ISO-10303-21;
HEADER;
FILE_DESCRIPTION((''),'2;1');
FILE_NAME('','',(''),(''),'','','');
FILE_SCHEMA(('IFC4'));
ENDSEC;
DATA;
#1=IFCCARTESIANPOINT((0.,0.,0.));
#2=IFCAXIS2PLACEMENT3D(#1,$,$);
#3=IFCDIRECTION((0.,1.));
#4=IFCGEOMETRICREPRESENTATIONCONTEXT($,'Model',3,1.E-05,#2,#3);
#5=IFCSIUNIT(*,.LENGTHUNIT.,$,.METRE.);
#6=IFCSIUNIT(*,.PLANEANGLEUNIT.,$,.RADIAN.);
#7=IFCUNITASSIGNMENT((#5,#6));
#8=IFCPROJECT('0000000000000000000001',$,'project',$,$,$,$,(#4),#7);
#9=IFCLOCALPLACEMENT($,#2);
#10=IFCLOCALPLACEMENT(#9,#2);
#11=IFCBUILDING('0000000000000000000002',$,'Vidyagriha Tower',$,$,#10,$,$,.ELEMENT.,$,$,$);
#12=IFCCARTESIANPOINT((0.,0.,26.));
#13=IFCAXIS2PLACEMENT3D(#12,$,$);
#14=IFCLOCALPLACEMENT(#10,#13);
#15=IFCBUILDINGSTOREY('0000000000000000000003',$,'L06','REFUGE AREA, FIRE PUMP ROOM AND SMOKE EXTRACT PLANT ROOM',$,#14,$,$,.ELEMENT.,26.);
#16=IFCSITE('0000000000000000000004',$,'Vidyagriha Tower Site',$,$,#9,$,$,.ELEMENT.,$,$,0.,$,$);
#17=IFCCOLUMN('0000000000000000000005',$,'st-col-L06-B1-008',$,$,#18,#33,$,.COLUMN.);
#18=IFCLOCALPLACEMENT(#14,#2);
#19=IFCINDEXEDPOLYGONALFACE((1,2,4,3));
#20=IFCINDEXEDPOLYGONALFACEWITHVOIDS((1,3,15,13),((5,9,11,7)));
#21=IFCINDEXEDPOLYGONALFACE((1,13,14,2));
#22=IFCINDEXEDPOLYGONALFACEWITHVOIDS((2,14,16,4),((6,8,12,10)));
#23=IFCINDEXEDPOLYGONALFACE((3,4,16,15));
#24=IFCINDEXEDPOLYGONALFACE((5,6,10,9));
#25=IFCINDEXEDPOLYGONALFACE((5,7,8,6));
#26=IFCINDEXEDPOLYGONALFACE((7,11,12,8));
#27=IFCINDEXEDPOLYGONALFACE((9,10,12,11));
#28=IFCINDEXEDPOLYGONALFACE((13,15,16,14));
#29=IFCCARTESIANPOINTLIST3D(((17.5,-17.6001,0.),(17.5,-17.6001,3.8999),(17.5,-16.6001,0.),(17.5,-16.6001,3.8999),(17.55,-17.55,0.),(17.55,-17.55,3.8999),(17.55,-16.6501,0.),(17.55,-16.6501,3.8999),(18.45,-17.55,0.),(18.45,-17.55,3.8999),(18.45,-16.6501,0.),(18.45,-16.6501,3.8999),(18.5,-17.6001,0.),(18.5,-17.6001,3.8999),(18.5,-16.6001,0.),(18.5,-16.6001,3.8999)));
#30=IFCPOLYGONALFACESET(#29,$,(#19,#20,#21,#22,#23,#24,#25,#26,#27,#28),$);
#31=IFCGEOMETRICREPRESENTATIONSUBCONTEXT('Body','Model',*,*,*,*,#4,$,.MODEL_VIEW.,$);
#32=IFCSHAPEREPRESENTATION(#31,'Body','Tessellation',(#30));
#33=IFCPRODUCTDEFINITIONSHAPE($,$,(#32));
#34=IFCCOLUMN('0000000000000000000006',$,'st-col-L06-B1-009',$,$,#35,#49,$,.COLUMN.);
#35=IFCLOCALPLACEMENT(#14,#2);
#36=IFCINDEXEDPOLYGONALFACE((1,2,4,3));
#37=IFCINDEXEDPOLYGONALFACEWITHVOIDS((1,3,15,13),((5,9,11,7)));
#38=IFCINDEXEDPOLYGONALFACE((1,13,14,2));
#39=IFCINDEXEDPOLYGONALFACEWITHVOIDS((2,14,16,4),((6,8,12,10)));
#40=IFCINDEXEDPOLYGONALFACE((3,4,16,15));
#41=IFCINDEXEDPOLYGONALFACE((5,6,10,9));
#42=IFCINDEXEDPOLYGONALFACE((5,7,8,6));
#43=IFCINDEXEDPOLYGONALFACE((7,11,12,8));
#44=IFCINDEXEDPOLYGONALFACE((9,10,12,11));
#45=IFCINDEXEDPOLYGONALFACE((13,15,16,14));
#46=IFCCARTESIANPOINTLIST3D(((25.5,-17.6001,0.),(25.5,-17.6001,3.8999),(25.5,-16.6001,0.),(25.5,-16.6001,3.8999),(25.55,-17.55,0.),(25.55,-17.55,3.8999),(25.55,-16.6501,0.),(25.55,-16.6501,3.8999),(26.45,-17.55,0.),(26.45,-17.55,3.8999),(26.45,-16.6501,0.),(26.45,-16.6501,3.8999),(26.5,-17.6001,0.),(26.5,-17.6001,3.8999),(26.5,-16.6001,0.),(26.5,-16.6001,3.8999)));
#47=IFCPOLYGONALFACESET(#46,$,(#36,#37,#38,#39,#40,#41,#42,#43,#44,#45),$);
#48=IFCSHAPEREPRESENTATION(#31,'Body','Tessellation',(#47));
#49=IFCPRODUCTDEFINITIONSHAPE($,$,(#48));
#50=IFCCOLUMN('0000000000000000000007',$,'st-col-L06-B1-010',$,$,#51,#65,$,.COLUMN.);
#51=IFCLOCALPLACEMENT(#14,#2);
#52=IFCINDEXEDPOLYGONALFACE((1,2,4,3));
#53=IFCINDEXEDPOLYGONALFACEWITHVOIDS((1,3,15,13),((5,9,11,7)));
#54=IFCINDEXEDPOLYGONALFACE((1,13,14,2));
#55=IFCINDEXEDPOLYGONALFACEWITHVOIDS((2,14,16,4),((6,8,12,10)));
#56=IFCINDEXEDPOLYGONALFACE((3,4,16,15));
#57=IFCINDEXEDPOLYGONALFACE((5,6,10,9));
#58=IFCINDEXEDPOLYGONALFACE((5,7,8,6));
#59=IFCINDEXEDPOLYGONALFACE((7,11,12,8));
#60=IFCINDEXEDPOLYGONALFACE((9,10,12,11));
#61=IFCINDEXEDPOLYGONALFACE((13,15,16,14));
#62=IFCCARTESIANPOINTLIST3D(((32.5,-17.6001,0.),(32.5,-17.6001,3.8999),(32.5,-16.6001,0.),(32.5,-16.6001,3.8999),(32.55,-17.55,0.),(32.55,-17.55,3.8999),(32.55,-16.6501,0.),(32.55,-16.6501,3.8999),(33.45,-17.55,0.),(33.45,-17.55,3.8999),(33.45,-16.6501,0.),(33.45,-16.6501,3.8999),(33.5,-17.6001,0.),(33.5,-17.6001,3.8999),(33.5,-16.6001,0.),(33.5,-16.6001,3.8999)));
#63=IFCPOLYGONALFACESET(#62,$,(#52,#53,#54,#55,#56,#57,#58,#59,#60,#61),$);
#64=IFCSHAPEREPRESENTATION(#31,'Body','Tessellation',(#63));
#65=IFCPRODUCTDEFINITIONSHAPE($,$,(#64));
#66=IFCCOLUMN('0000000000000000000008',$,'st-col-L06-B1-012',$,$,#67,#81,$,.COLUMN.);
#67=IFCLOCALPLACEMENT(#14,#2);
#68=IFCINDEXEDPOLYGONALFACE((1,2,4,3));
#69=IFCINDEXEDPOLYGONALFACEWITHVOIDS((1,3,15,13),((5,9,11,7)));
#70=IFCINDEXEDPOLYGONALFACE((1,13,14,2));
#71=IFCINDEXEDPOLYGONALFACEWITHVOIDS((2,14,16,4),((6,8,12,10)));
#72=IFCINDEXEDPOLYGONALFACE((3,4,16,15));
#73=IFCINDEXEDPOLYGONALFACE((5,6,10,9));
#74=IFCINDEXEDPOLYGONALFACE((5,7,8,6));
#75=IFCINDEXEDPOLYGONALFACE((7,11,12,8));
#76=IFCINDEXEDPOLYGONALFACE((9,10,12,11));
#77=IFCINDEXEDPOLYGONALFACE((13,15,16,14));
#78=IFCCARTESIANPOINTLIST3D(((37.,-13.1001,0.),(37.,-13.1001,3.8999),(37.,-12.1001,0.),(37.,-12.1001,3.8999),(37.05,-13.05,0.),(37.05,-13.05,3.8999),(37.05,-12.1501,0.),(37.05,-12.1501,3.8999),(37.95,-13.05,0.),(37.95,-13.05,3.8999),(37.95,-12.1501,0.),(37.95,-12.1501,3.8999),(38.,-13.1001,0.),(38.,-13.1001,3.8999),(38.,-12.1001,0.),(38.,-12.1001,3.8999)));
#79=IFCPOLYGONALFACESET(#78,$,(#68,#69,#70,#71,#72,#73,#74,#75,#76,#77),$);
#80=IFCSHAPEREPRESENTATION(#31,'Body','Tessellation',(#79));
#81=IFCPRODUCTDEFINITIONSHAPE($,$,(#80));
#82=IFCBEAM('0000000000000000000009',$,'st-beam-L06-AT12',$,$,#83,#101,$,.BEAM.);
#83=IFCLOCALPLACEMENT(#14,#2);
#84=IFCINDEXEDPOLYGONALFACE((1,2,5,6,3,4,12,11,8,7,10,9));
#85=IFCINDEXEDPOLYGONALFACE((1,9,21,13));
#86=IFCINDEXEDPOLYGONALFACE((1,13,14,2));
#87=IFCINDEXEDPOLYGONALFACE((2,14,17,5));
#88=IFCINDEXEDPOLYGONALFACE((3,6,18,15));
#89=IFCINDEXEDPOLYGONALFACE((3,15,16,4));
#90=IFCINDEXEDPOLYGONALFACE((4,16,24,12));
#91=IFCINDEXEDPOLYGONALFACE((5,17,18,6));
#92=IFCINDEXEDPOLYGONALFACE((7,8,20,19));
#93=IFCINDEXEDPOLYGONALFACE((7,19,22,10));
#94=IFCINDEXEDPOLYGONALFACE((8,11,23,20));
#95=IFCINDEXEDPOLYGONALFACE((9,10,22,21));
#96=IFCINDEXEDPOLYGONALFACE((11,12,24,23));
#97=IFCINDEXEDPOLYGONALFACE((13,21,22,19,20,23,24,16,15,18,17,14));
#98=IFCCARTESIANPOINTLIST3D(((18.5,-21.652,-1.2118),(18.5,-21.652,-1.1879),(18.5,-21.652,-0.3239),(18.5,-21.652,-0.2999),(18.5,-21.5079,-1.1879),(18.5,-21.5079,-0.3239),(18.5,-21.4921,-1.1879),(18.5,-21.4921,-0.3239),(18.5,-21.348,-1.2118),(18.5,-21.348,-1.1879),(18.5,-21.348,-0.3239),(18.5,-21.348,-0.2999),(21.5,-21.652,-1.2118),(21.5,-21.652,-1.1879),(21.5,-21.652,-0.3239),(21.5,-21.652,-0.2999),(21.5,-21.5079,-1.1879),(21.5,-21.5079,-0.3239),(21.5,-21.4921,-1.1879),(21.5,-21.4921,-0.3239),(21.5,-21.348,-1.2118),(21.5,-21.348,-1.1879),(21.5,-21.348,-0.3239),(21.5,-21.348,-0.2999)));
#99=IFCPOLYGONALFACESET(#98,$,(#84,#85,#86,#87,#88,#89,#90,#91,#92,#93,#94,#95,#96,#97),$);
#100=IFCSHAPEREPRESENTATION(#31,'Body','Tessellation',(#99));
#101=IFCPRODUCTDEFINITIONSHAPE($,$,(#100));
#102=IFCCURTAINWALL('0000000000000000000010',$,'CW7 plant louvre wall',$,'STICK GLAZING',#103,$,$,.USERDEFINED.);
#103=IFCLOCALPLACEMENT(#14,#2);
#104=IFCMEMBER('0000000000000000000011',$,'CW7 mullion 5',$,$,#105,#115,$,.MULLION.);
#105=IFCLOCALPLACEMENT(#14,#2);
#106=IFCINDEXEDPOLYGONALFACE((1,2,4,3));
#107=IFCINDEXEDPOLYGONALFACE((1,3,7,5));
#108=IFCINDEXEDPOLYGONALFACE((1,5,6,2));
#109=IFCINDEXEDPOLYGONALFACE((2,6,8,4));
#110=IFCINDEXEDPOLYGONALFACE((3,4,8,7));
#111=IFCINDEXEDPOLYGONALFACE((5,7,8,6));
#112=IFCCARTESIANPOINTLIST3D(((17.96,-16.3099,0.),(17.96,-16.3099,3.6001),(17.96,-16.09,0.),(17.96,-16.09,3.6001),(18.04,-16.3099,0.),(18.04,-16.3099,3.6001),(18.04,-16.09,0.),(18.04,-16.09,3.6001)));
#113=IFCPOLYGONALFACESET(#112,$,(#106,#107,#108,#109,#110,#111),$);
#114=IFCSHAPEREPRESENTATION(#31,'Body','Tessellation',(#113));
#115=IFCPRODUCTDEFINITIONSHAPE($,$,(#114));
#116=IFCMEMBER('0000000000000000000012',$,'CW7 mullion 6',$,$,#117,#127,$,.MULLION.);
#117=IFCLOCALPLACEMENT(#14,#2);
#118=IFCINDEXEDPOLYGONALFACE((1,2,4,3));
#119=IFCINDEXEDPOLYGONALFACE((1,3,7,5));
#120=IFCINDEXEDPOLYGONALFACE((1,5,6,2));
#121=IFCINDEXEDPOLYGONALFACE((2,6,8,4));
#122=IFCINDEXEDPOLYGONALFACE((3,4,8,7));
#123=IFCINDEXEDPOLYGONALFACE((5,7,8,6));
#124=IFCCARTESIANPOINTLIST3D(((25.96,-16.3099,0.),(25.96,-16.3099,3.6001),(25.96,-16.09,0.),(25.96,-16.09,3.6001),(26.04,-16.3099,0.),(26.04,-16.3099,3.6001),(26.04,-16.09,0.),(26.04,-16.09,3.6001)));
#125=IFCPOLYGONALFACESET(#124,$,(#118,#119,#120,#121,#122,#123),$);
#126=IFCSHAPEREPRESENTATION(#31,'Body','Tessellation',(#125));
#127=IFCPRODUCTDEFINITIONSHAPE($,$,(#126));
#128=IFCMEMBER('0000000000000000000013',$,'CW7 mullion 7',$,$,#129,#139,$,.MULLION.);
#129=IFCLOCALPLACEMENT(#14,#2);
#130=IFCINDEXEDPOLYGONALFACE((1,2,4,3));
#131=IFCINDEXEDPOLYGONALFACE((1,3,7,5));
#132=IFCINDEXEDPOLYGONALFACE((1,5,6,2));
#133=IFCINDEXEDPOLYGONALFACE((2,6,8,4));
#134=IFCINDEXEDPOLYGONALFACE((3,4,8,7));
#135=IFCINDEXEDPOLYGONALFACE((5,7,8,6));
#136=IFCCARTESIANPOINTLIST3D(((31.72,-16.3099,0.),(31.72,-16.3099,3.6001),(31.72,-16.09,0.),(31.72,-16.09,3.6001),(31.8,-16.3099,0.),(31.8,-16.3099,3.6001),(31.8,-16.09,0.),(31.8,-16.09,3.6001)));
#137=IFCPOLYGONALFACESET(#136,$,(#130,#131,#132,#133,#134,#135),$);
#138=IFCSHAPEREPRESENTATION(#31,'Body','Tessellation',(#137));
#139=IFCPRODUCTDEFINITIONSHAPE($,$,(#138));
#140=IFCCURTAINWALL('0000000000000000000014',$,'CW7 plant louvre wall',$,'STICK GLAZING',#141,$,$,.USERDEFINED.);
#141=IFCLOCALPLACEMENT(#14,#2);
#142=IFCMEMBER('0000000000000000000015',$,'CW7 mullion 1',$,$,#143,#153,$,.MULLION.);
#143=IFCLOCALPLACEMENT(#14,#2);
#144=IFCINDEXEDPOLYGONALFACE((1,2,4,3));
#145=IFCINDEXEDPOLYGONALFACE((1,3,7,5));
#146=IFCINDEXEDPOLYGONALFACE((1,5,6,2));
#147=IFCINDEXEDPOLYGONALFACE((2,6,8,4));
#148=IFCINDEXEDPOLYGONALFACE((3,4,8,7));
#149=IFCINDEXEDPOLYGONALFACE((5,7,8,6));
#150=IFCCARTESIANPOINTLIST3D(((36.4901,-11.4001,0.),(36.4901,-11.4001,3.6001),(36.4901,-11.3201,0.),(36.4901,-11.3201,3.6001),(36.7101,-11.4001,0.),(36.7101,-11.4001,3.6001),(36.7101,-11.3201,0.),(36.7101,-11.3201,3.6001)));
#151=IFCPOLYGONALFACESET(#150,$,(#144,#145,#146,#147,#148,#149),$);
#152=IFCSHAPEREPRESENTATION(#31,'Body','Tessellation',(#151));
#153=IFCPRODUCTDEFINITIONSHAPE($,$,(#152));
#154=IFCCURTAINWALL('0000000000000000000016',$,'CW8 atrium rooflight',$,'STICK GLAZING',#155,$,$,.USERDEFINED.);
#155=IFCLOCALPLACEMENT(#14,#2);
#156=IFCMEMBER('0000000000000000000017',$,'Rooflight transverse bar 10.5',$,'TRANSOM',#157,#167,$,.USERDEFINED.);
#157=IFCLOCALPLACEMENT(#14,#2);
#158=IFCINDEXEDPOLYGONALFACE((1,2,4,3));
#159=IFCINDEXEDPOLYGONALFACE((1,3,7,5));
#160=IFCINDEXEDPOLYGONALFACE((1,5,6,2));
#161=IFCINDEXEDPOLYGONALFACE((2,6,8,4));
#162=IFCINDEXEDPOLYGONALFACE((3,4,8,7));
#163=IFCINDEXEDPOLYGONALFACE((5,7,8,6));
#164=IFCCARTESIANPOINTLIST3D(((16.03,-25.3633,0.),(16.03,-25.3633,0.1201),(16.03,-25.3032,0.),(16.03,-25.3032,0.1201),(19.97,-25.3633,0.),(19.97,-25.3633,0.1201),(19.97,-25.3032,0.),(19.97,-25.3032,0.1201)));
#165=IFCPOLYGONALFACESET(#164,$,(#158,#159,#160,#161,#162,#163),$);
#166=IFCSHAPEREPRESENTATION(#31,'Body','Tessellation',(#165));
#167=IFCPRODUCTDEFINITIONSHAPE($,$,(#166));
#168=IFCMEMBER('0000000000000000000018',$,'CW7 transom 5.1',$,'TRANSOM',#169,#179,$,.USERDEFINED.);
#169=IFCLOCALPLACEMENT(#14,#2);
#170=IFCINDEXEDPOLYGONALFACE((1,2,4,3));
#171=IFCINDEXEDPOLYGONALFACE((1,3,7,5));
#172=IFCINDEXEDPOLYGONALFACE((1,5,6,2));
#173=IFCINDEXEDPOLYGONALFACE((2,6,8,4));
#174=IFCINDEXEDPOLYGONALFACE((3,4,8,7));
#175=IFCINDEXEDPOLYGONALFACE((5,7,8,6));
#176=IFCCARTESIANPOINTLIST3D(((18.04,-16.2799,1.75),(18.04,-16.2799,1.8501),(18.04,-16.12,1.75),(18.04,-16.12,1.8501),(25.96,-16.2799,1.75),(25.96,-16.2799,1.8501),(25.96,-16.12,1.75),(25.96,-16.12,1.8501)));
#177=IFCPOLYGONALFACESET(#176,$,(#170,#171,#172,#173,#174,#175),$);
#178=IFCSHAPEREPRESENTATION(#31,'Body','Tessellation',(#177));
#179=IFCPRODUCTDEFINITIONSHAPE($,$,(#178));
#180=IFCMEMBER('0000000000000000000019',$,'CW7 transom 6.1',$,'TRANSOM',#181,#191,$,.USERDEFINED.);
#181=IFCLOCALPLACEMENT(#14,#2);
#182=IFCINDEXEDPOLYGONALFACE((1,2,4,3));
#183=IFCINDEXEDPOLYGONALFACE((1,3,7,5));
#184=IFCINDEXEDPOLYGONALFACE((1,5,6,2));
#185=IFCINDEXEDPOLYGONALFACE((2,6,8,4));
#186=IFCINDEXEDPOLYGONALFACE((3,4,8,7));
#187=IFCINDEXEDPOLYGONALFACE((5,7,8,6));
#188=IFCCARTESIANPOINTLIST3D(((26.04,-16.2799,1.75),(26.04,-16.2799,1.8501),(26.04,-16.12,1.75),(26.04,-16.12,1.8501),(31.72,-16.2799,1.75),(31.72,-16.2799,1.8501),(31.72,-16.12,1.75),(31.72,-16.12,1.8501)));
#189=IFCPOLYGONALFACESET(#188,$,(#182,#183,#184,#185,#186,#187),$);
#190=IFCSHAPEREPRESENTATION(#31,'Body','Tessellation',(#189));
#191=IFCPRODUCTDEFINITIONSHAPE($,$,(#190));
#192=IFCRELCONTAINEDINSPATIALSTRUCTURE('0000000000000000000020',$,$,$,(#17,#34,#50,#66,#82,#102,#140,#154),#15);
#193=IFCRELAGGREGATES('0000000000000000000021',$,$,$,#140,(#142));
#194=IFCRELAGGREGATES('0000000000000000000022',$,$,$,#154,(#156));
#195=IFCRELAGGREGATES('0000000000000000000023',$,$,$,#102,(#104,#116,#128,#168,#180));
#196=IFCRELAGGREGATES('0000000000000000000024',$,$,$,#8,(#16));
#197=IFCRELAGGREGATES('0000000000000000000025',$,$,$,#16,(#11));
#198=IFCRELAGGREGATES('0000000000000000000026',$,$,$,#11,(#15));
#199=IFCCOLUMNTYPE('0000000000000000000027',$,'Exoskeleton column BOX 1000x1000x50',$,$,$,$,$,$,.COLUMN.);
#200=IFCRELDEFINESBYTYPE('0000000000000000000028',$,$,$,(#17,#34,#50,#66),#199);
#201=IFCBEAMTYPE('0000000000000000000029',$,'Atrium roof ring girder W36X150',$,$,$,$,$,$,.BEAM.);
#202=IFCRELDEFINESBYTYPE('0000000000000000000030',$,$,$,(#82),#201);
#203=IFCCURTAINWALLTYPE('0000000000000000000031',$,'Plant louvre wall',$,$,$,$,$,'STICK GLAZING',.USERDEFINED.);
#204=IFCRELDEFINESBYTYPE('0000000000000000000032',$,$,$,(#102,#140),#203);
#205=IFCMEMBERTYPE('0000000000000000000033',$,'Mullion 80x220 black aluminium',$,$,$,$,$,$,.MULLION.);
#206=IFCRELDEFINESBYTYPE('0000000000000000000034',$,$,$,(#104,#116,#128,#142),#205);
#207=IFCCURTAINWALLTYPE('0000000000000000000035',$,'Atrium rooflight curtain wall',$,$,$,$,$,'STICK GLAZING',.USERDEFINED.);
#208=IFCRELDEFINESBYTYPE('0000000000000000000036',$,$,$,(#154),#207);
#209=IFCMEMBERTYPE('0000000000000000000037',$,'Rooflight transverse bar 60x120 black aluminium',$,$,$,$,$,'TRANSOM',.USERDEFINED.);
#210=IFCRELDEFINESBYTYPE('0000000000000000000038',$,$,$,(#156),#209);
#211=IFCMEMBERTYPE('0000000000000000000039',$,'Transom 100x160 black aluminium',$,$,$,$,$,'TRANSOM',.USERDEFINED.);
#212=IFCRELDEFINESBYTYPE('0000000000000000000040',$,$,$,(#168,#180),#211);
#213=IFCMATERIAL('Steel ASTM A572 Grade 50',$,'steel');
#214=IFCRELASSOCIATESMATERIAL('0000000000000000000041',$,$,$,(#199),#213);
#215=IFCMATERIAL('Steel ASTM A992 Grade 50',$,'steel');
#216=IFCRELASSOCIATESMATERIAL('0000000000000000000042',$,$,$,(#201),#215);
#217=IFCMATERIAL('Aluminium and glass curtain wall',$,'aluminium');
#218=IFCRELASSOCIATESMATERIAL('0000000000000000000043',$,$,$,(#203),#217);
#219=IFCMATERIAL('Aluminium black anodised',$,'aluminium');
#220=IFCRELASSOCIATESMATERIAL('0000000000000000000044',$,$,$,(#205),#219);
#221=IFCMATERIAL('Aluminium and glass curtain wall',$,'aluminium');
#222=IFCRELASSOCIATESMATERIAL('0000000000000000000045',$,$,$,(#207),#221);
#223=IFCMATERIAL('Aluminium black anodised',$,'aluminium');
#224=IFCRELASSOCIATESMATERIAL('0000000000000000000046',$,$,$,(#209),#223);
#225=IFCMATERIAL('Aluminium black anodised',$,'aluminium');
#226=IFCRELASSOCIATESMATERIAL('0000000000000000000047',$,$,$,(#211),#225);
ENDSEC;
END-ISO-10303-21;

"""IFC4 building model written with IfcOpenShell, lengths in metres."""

from ifc_helpers import new_model, si_unit, direction, frame, origin, origin_2d, place, context, subcontext, project, spatial, rectangle, hollow_rectangle, i_section, extrude, material, material_profile, profile_set, type_object, element, aggregate, save


model = new_model("IFC4")

# Units and contexts
model_context = context("Model", 3, precision=1e-05, world=origin(), true_north=direction((0.0, 1.0)))
body_context = subcontext(model_context, "Body", "Model", "MODEL_VIEW")
ifc_project = project(units=[si_unit("LENGTHUNIT", "METRE"), si_unit("PLANEANGLEUNIT", "RADIAN")], contexts=[model_context])

# Site, building, storey
site_placement = place(None, origin())
site = spatial("IfcSite", under=ifc_project, at=site_placement, Name="Vidyagriha Tower Site", CompositionType="ELEMENT", RefElevation=0.0)
building_placement = place(site_placement, origin())
building = spatial("IfcBuilding", under=site, at=building_placement, Name="Vidyagriha Tower", CompositionType="ELEMENT")
storey_placement = place(building_placement, frame((0.0, 0.0, 26.0)))
storey = spatial("IfcBuildingStorey", under=building, at=storey_placement, Name="L06", Description="REFUGE AREA, FIRE PUMP ROOM AND SMOKE EXTRACT PLANT ROOM", CompositionType="ELEMENT", Elevation=26.0)

# Columns
ifc_material_1 = material(Name="Steel ASTM A572 Grade 50", Category="steel")
ifc_material_profile_1 = material_profile(ifc_material_1, hollow_rectangle(XDim=1.0, YDim=1.0, WallThickness=0.05, at=origin_2d()), Name="BOX 1000x1000x50")
ifc_profile_set_1 = profile_set([ifc_material_profile_1], Name="Steel ASTM A572 Grade 50")
column_type = type_object("IfcColumnType", Name="Exoskeleton column BOX 1000x1000x50", PredefinedType="COLUMN", material=ifc_profile_set_1)
for number, where, name in (
    (1, (18.0, -17.1001, 0.0), "st-col-L06-B1-008"),
    (2, (26.0, -17.1001, 0.0), "st-col-L06-B1-009"),
    (3, (33.0, -17.1001, 0.0), "st-col-L06-B1-010"),
    (4, (37.5, -12.6001, 0.0), "st-col-L06-B1-012"),
):
    element("IfcColumn", number, at=place(storey_placement, frame(where)), inside=storey, type_object=column_type, Name=name, PredefinedType="COLUMN", context=body_context, shape_type="SweptSolid", body=[
        extrude(hollow_rectangle(XDim=1.0, YDim=1.0, WallThickness=0.05, at=origin_2d()), origin(), (0.0, 0.0, 1.0), 3.8999),
    ])

# Beam
ifc_material_2 = material(Name="Steel ASTM A992 Grade 50", Category="steel")
ifc_material_profile_2 = material_profile(ifc_material_2, i_section(OverallWidth=0.304, OverallDepth=0.9119, WebThickness=0.0159, FlangeThickness=0.0239, at=origin_2d()), Name="W36X150")
ifc_profile_set_2 = profile_set([ifc_material_profile_2], Name="Steel ASTM A992 Grade 50")
beam_type = type_object("IfcBeamType", Name="Atrium roof ring girder W36X150", PredefinedType="BEAM", material=ifc_profile_set_2)
beam_placement = place(storey_placement, frame((18.5, -21.5, -0.7559), z_axis=(1.0, 0.0, 0.0), x_axis=(0.0, 1.0, 0.0)))
element("IfcBeam", 5, at=beam_placement, inside=storey, type_object=beam_type, Name="st-beam-L06-AT12", PredefinedType="BEAM", context=body_context, shape_type="SweptSolid", body=[
    extrude(i_section(OverallWidth=0.304, OverallDepth=0.9119, WebThickness=0.0159, FlangeThickness=0.0239, at=origin_2d()), origin(), (0.0, 0.0, 1.0), 3.0),
])

# Curtain wall, members
ifc_material_3 = material(Name="Aluminium and glass curtain wall", Category="aluminium")
curtain_wall_type_1 = type_object("IfcCurtainWallType", Name="Plant louvre wall", ElementType="STICK GLAZING", PredefinedType="USERDEFINED", material=ifc_material_3)
curtain_wall_1_placement = place(storey_placement, origin())
curtain_wall_1 = element("IfcCurtainWall", 6, at=curtain_wall_1_placement, inside=storey, type_object=curtain_wall_type_1, Name="CW7 plant louvre wall", ObjectType="STICK GLAZING", PredefinedType="USERDEFINED")
ifc_material_4 = material(Name="Aluminium black anodised", Category="aluminium")
ifc_material_profile_3 = material_profile(ifc_material_4, rectangle(XDim=0.22, YDim=0.0801, at=origin_2d()), Name="Mullion 80x220 black aluminium")
ifc_profile_set_3 = profile_set([ifc_material_profile_3], Name="Aluminium black anodised")
member_type_1 = type_object("IfcMemberType", Name="Mullion 80x220 black aluminium", PredefinedType="MULLION", material=ifc_profile_set_3)
member_1_placement = place(storey_placement, frame((18.0, -16.2, 0.0), z_axis=(0.0, 0.0, 1.0), x_axis=(0.0, 1.0, 0.0)))
member_1 = element("IfcMember", 7, at=member_1_placement, type_object=member_type_1, Name="CW7 mullion 5", PredefinedType="MULLION", context=body_context, shape_type="SweptSolid", body=[
    extrude(rectangle(XDim=0.22, YDim=0.0801, at=origin_2d()), origin(), (0.0, 0.0, 1.0), 3.6001),
])
member_2_placement = place(storey_placement, frame((26.0, -16.2, 0.0), z_axis=(0.0, 0.0, 1.0), x_axis=(0.0, 1.0, 0.0)))
member_2 = element("IfcMember", 8, at=member_2_placement, type_object=member_type_1, Name="CW7 mullion 6", PredefinedType="MULLION", context=body_context, shape_type="SweptSolid", body=[
    extrude(rectangle(XDim=0.22, YDim=0.0801, at=origin_2d()), origin(), (0.0, 0.0, 1.0), 3.6001),
])
member_3_placement = place(storey_placement, frame((31.76, -16.2, 0.0), z_axis=(0.0, 0.0, 1.0), x_axis=(0.0, 1.0, 0.0)))
member_3 = element("IfcMember", 9, at=member_3_placement, type_object=member_type_1, Name="CW7 mullion 7", PredefinedType="MULLION", context=body_context, shape_type="SweptSolid", body=[
    extrude(rectangle(XDim=0.22, YDim=0.0801, at=origin_2d()), origin(), (0.0, 0.0, 1.0), 3.6001),
])

# Curtain walls, members
curtain_wall_2_placement = place(storey_placement, origin())
curtain_wall_2 = element("IfcCurtainWall", 10, at=curtain_wall_2_placement, inside=storey, type_object=curtain_wall_type_1, Name="CW7 plant louvre wall", ObjectType="STICK GLAZING", PredefinedType="USERDEFINED")
member_4_placement = place(storey_placement, frame((36.6001, -11.3601, 0.0), z_axis=(0.0, 0.0, 1.0), x_axis=(-1.0, 0.0, 0.0)))
member_4 = element("IfcMember", 11, at=member_4_placement, type_object=member_type_1, Name="CW7 mullion 1", PredefinedType="MULLION", context=body_context, shape_type="SweptSolid", body=[
    extrude(rectangle(XDim=0.22, YDim=0.0801, at=origin_2d()), origin(), (0.0, 0.0, 1.0), 3.6001),
])
ifc_material_5 = material(Name="Aluminium and glass curtain wall", Category="aluminium")
curtain_wall_type_2 = type_object("IfcCurtainWallType", Name="Atrium rooflight curtain wall", ElementType="STICK GLAZING", PredefinedType="USERDEFINED", material=ifc_material_5)
curtain_wall_3_placement = place(storey_placement, origin())
curtain_wall_3 = element("IfcCurtainWall", 12, at=curtain_wall_3_placement, inside=storey, type_object=curtain_wall_type_2, Name="CW8 atrium rooflight", ObjectType="STICK GLAZING", PredefinedType="USERDEFINED")
ifc_material_6 = material(Name="Aluminium black anodised", Category="aluminium")
ifc_material_profile_4 = material_profile(ifc_material_6, rectangle(XDim=0.0601, YDim=0.1201, at=origin_2d()), Name="Rooflight transverse bar 60x120 black aluminium")
ifc_profile_set_4 = profile_set([ifc_material_profile_4], Name="Aluminium black anodised")
member_type_2 = type_object("IfcMemberType", Name="Rooflight transverse bar 60x120 black aluminium", ElementType="TRANSOM", PredefinedType="USERDEFINED", material=ifc_profile_set_4)
member_5_placement = place(storey_placement, frame((16.03, -25.3333, 0.0601), z_axis=(1.0, 0.0, 0.0), x_axis=(0.0, 1.0, 0.0)))
member_5 = element("IfcMember", 13, at=member_5_placement, type_object=member_type_2, Name="Rooflight transverse bar 10.5", ObjectType="TRANSOM", PredefinedType="USERDEFINED", context=body_context, shape_type="SweptSolid", body=[
    extrude(rectangle(XDim=0.0601, YDim=0.1201, at=origin_2d()), origin(), (0.0, 0.0, 1.0), 3.9399),
])

# Members
ifc_material_7 = material(Name="Aluminium black anodised", Category="aluminium")
ifc_material_profile_5 = material_profile(ifc_material_7, rectangle(XDim=0.1599, YDim=0.1001, at=origin_2d()), Name="Transom 100x160 black aluminium")
ifc_profile_set_5 = profile_set([ifc_material_profile_5], Name="Aluminium black anodised")
member_type_3 = type_object("IfcMemberType", Name="Transom 100x160 black aluminium", ElementType="TRANSOM", PredefinedType="USERDEFINED", material=ifc_profile_set_5)
member_6_placement = place(storey_placement, frame((18.04, -16.2, 1.8), z_axis=(1.0, 0.0, 0.0), x_axis=(0.0, 1.0, 0.0)))
member_6 = element("IfcMember", 14, at=member_6_placement, type_object=member_type_3, Name="CW7 transom 5.1", ObjectType="TRANSOM", PredefinedType="USERDEFINED", context=body_context, shape_type="SweptSolid", body=[
    extrude(rectangle(XDim=0.1599, YDim=0.1001, at=origin_2d()), origin(), (0.0, 0.0, 1.0), 7.9199),
])
member_7_placement = place(storey_placement, frame((26.04, -16.2, 1.8), z_axis=(1.0, 0.0, 0.0), x_axis=(0.0, 1.0, 0.0)))
member_7 = element("IfcMember", 15, at=member_7_placement, type_object=member_type_3, Name="CW7 transom 6.1", ObjectType="TRANSOM", PredefinedType="USERDEFINED", context=body_context, shape_type="SweptSolid", body=[
    extrude(rectangle(XDim=0.1599, YDim=0.1001, at=origin_2d()), origin(), (0.0, 0.0, 1.0), 5.6799),
])
aggregate(curtain_wall_2, [member_4])

aggregate(curtain_wall_3, [member_5])
aggregate(curtain_wall_1, [member_1, member_2, member_3, member_6, member_7])

save(model, "model.ifc")
